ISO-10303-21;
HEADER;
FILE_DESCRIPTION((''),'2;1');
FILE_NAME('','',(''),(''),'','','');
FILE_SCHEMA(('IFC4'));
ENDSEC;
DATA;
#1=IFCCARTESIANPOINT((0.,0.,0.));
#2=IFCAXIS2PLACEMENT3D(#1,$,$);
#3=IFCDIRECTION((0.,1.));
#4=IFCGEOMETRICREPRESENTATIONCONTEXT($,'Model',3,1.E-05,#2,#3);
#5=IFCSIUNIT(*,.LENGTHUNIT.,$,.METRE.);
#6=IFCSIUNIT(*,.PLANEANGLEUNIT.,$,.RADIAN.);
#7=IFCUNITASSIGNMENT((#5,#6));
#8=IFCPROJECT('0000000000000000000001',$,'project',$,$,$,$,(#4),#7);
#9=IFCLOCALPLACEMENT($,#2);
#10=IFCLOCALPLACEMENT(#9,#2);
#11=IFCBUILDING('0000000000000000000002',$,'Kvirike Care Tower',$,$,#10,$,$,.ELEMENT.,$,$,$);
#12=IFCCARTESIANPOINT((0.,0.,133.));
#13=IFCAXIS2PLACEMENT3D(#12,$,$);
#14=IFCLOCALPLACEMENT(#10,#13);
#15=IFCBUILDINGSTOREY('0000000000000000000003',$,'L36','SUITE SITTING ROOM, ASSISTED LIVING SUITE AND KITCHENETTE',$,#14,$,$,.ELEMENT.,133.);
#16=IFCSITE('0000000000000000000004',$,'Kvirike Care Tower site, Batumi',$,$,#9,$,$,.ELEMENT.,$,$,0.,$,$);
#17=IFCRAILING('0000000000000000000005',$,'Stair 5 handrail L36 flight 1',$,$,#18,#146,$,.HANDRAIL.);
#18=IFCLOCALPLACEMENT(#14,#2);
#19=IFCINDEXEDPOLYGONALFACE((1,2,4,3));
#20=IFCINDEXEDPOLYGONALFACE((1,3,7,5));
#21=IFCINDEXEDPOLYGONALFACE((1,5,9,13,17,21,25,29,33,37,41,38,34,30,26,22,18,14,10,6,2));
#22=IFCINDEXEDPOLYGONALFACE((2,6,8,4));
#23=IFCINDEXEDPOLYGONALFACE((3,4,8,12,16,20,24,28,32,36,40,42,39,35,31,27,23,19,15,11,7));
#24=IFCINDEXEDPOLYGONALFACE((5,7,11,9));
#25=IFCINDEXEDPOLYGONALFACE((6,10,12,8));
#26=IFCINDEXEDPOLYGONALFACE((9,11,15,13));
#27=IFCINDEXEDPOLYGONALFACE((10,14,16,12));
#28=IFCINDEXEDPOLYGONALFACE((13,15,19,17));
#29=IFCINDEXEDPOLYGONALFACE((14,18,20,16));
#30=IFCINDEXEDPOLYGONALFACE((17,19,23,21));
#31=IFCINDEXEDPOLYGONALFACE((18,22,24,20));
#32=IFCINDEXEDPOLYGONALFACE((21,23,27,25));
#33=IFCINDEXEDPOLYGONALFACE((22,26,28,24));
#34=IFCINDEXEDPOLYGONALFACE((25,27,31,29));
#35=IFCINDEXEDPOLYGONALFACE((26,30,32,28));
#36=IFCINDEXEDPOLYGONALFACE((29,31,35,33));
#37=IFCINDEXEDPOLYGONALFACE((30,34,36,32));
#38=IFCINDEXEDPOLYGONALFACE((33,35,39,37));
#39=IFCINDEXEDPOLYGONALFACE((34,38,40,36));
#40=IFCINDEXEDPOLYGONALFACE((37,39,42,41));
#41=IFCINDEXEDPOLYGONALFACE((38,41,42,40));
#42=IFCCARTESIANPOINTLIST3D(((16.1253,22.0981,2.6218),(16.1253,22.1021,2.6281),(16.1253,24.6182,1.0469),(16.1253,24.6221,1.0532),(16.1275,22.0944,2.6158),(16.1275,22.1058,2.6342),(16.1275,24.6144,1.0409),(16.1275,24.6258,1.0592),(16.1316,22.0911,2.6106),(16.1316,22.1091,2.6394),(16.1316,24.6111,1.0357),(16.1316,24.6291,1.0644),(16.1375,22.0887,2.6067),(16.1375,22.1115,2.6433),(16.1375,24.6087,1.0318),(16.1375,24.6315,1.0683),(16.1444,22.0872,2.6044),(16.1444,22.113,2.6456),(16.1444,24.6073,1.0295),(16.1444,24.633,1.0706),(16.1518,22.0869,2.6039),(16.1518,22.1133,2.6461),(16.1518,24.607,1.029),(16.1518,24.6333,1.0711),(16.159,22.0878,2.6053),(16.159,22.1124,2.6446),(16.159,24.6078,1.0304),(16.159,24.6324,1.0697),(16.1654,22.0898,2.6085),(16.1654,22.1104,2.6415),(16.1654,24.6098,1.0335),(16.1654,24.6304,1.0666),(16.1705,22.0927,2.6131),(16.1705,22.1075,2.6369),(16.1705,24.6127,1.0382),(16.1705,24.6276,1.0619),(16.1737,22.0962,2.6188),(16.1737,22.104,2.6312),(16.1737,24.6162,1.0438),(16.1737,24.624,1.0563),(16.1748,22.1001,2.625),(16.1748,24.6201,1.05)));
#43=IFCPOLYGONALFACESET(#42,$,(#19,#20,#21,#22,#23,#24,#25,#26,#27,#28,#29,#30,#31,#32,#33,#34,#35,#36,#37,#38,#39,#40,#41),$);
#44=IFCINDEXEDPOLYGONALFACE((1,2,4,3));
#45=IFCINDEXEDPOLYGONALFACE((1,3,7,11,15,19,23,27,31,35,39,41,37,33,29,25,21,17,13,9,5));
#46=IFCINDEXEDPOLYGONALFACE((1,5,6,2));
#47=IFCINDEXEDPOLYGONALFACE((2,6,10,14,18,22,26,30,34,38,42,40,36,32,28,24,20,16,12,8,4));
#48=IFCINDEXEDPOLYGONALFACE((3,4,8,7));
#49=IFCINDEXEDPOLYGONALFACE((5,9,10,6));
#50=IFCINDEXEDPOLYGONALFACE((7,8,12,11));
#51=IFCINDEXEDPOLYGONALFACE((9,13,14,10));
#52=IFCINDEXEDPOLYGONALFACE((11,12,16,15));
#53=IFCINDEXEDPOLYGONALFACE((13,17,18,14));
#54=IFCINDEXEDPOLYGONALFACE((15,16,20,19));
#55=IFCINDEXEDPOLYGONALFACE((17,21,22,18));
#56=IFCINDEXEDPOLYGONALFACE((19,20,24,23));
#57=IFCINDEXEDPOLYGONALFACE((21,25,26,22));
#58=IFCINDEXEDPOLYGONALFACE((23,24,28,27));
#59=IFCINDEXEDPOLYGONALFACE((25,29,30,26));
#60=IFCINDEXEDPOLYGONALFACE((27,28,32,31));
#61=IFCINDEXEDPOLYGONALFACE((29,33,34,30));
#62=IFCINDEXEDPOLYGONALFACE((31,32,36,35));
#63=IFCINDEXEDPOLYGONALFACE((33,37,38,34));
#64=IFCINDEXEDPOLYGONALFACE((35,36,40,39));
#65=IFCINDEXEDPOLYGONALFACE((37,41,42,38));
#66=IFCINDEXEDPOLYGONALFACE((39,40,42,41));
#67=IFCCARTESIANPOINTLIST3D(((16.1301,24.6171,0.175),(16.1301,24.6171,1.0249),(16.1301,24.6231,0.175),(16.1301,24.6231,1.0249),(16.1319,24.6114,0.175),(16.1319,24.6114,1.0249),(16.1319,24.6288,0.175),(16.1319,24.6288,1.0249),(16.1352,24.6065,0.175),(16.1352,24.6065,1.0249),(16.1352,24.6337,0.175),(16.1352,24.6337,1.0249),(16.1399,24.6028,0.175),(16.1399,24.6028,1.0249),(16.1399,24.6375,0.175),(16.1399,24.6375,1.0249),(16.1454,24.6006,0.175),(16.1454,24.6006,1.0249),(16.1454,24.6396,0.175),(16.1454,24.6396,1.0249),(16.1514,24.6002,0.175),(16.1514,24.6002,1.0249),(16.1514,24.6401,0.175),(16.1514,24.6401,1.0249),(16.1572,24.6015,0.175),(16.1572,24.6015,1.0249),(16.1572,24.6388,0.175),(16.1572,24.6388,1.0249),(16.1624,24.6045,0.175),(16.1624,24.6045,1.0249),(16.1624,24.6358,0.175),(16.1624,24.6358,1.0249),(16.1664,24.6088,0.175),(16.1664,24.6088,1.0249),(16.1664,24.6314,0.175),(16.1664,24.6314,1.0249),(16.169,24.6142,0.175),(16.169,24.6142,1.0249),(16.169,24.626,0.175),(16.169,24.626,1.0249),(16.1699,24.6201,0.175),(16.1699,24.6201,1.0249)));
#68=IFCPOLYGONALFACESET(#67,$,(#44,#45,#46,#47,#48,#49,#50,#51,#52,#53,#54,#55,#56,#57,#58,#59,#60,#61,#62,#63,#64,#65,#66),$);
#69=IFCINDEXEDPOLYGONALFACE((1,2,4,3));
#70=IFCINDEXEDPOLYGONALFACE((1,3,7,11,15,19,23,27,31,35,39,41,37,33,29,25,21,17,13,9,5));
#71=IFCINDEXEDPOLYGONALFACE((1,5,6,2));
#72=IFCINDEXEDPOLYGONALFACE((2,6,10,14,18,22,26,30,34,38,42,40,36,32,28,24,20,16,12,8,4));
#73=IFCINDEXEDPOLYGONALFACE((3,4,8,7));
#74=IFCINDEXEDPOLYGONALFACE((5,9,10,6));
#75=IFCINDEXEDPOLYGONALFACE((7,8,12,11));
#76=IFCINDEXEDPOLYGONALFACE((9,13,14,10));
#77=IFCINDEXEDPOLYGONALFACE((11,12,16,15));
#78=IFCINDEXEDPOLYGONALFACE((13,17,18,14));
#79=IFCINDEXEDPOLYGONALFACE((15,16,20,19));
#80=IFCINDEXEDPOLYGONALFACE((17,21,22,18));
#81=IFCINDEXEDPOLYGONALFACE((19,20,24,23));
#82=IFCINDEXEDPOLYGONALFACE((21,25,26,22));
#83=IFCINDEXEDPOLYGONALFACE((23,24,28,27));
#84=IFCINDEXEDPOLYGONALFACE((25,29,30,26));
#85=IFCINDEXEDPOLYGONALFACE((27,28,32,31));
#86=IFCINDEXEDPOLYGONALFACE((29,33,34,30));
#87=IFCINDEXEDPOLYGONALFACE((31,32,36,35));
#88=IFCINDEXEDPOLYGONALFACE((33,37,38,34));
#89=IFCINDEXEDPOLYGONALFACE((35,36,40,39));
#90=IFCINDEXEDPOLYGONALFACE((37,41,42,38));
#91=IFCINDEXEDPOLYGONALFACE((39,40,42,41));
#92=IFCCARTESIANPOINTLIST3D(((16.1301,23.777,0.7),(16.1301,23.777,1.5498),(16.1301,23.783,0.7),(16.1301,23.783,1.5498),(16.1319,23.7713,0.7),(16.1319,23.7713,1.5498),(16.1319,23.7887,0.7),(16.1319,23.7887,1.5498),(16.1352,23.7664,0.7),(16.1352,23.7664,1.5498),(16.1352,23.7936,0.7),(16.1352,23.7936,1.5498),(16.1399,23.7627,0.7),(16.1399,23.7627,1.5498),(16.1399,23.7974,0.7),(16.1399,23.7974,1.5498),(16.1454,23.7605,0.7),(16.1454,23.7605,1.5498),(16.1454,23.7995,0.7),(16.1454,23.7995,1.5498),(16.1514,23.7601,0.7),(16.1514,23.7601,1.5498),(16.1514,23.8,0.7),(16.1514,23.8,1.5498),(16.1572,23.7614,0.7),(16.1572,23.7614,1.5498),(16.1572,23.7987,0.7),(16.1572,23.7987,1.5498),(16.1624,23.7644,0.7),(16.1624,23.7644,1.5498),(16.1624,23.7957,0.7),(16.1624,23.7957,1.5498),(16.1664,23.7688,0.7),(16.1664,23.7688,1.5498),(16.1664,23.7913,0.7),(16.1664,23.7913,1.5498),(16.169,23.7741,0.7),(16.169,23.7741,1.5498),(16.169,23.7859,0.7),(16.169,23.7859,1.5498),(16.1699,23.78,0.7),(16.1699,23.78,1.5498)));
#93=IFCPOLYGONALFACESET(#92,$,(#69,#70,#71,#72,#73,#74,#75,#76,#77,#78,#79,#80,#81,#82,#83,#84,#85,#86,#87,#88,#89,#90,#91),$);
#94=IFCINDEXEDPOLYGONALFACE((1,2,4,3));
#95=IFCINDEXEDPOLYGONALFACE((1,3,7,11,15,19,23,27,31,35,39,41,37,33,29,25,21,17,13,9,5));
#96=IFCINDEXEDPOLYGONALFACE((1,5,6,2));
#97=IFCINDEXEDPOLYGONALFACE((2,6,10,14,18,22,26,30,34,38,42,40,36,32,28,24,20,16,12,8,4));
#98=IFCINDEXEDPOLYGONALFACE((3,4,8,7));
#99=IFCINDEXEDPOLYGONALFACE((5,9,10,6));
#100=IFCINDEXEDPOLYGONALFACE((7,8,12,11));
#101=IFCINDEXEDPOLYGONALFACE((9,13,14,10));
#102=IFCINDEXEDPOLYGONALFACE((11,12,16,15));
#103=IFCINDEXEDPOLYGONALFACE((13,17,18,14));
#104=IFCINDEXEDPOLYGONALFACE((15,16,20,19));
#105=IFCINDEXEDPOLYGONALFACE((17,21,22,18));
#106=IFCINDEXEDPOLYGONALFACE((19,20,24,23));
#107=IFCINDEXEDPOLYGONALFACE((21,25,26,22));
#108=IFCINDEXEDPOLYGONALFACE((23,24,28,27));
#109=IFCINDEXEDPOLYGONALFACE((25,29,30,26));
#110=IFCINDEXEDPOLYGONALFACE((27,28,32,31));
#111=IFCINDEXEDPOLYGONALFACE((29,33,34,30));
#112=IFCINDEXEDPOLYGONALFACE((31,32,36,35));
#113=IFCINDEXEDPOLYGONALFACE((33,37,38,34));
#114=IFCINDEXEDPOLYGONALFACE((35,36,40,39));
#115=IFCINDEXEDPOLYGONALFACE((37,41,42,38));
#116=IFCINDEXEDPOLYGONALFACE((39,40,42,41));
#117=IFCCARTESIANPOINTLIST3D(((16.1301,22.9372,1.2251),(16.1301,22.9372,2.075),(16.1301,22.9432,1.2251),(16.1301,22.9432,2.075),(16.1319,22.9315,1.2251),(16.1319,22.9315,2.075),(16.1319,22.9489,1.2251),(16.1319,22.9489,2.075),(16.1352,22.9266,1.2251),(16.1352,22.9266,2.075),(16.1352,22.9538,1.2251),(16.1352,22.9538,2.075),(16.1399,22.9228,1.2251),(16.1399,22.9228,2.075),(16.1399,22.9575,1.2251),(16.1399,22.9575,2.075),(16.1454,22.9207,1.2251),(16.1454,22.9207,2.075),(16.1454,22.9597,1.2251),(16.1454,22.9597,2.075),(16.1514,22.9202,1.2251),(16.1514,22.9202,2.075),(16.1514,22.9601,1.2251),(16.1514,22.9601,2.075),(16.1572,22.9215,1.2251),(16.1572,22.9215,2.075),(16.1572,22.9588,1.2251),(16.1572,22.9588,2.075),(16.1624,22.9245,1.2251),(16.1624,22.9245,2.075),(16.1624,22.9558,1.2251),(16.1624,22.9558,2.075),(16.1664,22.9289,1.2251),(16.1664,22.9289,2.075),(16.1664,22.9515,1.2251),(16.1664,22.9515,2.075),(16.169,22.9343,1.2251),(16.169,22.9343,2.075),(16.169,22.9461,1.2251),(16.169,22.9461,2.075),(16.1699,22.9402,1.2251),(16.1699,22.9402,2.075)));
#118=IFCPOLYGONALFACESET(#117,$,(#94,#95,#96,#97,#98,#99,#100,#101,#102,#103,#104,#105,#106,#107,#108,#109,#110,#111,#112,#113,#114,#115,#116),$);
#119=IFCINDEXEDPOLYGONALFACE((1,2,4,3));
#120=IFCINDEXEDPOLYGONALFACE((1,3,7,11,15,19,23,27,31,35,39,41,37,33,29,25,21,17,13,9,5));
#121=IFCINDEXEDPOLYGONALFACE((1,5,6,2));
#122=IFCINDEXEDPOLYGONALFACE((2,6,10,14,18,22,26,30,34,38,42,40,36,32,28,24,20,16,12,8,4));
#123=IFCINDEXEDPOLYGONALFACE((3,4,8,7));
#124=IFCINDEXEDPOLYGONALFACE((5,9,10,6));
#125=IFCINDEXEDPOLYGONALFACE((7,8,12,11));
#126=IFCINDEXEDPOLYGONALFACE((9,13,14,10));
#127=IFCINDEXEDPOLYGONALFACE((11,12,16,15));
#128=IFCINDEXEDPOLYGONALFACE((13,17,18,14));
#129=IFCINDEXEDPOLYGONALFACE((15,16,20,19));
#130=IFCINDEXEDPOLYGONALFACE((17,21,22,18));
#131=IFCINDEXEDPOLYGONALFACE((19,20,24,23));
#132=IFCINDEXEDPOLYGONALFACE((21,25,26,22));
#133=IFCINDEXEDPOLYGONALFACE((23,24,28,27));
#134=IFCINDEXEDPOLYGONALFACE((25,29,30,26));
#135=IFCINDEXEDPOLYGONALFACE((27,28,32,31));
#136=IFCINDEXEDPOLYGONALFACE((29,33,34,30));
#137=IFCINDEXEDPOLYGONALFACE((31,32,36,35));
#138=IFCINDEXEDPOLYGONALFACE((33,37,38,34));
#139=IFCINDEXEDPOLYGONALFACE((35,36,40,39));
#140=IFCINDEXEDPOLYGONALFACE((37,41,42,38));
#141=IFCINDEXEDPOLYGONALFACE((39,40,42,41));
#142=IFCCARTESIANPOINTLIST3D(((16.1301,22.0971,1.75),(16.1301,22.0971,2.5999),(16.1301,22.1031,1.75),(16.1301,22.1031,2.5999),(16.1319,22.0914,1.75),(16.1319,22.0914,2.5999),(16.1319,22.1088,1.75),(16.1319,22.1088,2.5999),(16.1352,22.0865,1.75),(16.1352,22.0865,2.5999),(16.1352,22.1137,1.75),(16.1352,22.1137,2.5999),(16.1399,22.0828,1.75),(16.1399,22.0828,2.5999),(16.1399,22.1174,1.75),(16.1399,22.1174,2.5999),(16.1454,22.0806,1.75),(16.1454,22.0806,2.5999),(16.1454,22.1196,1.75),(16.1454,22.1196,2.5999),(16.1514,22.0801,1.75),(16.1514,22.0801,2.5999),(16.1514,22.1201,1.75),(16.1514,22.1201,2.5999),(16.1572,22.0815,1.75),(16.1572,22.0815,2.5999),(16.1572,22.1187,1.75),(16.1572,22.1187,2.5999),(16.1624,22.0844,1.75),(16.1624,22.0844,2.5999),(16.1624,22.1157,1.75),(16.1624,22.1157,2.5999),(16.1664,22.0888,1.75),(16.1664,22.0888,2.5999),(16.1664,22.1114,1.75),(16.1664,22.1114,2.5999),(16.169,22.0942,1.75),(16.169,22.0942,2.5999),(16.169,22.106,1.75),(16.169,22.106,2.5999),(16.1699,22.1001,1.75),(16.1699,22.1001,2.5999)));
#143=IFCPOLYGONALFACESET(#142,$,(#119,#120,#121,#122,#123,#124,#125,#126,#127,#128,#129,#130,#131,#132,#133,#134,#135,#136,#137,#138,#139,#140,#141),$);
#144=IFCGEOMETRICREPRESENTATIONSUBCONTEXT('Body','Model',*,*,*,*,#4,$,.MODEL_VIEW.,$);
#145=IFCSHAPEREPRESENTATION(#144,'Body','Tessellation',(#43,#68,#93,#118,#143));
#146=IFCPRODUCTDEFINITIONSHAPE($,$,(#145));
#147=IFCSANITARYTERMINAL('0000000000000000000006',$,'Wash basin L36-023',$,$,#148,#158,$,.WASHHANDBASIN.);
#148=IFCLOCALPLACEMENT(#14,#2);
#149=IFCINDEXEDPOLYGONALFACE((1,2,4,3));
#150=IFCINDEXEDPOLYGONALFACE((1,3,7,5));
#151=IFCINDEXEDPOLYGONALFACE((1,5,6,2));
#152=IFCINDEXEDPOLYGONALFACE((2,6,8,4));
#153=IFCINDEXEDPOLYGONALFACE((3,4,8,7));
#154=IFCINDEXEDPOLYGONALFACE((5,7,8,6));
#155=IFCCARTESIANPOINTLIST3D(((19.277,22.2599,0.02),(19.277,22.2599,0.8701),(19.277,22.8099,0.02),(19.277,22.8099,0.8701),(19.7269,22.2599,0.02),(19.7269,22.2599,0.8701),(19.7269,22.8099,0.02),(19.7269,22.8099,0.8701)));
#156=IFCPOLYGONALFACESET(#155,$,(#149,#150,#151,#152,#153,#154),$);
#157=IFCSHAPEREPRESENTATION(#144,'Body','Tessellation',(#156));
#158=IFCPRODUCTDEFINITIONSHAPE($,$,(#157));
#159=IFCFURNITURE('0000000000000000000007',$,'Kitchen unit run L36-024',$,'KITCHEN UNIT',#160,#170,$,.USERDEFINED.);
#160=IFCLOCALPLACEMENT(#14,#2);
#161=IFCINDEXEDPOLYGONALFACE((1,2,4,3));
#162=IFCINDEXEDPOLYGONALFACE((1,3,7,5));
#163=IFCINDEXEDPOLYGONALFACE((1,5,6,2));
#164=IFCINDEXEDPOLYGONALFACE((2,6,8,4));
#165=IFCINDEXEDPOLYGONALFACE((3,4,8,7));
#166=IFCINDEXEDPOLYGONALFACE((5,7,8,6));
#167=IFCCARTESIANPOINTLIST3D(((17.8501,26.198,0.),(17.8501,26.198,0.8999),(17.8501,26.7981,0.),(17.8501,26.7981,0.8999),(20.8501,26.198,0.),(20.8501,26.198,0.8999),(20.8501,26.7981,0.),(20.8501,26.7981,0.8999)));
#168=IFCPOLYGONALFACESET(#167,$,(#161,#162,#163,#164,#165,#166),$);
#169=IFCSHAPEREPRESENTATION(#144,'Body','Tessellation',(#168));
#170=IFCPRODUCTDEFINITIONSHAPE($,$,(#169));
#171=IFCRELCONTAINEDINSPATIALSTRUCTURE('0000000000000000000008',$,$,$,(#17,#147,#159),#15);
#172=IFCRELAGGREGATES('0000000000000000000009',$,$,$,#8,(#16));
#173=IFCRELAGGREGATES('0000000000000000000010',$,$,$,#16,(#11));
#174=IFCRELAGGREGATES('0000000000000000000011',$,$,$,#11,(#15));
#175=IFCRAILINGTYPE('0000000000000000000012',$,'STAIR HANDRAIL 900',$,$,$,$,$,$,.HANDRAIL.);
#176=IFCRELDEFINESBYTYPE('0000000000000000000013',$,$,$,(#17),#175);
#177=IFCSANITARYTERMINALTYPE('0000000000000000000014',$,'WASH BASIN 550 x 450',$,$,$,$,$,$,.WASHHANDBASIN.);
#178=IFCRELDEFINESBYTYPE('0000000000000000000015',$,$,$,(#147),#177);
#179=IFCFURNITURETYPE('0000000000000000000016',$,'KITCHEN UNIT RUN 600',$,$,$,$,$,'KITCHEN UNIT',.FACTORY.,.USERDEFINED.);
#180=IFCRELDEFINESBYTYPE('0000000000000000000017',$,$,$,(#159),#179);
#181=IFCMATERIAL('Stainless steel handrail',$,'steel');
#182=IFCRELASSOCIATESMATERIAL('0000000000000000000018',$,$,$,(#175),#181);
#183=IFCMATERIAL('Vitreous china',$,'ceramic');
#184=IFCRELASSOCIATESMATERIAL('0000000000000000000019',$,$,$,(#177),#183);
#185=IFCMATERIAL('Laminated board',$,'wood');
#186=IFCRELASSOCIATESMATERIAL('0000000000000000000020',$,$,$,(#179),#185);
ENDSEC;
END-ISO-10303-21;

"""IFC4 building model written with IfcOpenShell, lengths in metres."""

from ifc_helpers import new_model, si_unit, direction, frame, origin, origin_2d, place, context, subcontext, project, spatial, rectangle, circle, extrude, material, type_object, element, save


model = new_model("IFC4")

# Units and contexts
model_context = context("Model", 3, precision=1e-05, world=origin(), true_north=direction((0.0, 1.0)))
body_context = subcontext(model_context, "Body", "Model", "MODEL_VIEW")
ifc_project = project(units=[si_unit("LENGTHUNIT", "METRE"), si_unit("PLANEANGLEUNIT", "RADIAN")], contexts=[model_context])

# Site, building, storey
site_placement = place(None, origin())
site = spatial("IfcSite", under=ifc_project, at=site_placement, Name="Kvirike Care Tower site, Batumi", CompositionType="ELEMENT", RefElevation=0.0)
building_placement = place(site_placement, origin())
building = spatial("IfcBuilding", under=site, at=building_placement, Name="Kvirike Care Tower", CompositionType="ELEMENT")
storey_placement = place(building_placement, frame((0.0, 0.0, 133.0)))
storey = spatial("IfcBuildingStorey", under=building, at=storey_placement, Name="L36", Description="SUITE SITTING ROOM, ASSISTED LIVING SUITE AND KITCHENETTE", CompositionType="ELEMENT", Elevation=133.0)

# Railing
ifc_material_1 = material(Name="Stainless steel handrail", Category="steel")
railing_type = type_object("IfcRailingType", Name="STAIR HANDRAIL 900", PredefinedType="HANDRAIL", material=ifc_material_1)
railing_placement = place(storey_placement, frame((16.1499, 24.6201, 0.175)))
element("IfcRailing", 1, at=railing_placement, inside=storey, type_object=railing_type, Name="Stair 5 handrail L36 flight 1", PredefinedType="HANDRAIL", context=body_context, shape_type="SweptSolid", body=[
    extrude(circle(Radius=0.0249, at=origin_2d()), frame((0.0, 0.0, 0.875), z_axis=(0.0, -0.848008, 0.529984), x_axis=(1.0, 0.0, 0.0)), (0.0, 0.0, 1.0), 2.9717),
    extrude(circle(Radius=0.02, at=origin_2d()), origin(), (0.0, 0.0, 1.0), 0.8499),
    extrude(circle(Radius=0.02, at=origin_2d()), frame((0.0, -0.8401, 0.5249)), (0.0, 0.0, 1.0), 0.8499),
    extrude(circle(Radius=0.02, at=origin_2d()), frame((0.0, -1.6799, 1.05)), (0.0, 0.0, 1.0), 0.8499),
    extrude(circle(Radius=0.02, at=origin_2d()), frame((0.0, -2.52, 1.575)), (0.0, 0.0, 1.0), 0.8499),
])

# Sanitary terminal
ifc_material_2 = material(Name="Vitreous china", Category="ceramic")
sanitary_terminal_type = type_object("IfcSanitaryTerminalType", Name="WASH BASIN 550 x 450", PredefinedType="WASHHANDBASIN", material=ifc_material_2)
sanitary_terminal_placement = place(storey_placement, frame((19.502, 22.5349, 0.02), z_axis=(0.0, 0.0, 1.0), x_axis=(0.0, 1.0, 0.0)))
element("IfcSanitaryTerminal", 2, at=sanitary_terminal_placement, inside=storey, type_object=sanitary_terminal_type, Name="Wash basin L36-023", PredefinedType="WASHHANDBASIN", context=body_context, shape_type="SweptSolid", body=[
    extrude(rectangle(XDim=0.55, YDim=0.45, at=origin_2d()), origin(), (0.0, 0.0, 1.0), 0.8501),
])

# Furniture
ifc_material_3 = material(Name="Laminated board", Category="wood")
furniture_type = type_object("IfcFurnitureType", Name="KITCHEN UNIT RUN 600", ElementType="KITCHEN UNIT", AssemblyPlace="FACTORY", PredefinedType="USERDEFINED", material=ifc_material_3)
furniture_placement = place(storey_placement, frame((19.3501, 26.498, 0.0), z_axis=(0.0, 0.0, 1.0), x_axis=(1.0, 0.0, 0.0)))
element("IfcFurniture", 3, at=furniture_placement, inside=storey, type_object=furniture_type, Name="Kitchen unit run L36-024", ObjectType="KITCHEN UNIT", PredefinedType="USERDEFINED", context=body_context, shape_type="SweptSolid", body=[
    extrude(rectangle(XDim=3.0, YDim=0.6001, at=origin_2d()), origin(), (0.0, 0.0, 1.0), 0.8999),
])

save(model, "model.ifc")
